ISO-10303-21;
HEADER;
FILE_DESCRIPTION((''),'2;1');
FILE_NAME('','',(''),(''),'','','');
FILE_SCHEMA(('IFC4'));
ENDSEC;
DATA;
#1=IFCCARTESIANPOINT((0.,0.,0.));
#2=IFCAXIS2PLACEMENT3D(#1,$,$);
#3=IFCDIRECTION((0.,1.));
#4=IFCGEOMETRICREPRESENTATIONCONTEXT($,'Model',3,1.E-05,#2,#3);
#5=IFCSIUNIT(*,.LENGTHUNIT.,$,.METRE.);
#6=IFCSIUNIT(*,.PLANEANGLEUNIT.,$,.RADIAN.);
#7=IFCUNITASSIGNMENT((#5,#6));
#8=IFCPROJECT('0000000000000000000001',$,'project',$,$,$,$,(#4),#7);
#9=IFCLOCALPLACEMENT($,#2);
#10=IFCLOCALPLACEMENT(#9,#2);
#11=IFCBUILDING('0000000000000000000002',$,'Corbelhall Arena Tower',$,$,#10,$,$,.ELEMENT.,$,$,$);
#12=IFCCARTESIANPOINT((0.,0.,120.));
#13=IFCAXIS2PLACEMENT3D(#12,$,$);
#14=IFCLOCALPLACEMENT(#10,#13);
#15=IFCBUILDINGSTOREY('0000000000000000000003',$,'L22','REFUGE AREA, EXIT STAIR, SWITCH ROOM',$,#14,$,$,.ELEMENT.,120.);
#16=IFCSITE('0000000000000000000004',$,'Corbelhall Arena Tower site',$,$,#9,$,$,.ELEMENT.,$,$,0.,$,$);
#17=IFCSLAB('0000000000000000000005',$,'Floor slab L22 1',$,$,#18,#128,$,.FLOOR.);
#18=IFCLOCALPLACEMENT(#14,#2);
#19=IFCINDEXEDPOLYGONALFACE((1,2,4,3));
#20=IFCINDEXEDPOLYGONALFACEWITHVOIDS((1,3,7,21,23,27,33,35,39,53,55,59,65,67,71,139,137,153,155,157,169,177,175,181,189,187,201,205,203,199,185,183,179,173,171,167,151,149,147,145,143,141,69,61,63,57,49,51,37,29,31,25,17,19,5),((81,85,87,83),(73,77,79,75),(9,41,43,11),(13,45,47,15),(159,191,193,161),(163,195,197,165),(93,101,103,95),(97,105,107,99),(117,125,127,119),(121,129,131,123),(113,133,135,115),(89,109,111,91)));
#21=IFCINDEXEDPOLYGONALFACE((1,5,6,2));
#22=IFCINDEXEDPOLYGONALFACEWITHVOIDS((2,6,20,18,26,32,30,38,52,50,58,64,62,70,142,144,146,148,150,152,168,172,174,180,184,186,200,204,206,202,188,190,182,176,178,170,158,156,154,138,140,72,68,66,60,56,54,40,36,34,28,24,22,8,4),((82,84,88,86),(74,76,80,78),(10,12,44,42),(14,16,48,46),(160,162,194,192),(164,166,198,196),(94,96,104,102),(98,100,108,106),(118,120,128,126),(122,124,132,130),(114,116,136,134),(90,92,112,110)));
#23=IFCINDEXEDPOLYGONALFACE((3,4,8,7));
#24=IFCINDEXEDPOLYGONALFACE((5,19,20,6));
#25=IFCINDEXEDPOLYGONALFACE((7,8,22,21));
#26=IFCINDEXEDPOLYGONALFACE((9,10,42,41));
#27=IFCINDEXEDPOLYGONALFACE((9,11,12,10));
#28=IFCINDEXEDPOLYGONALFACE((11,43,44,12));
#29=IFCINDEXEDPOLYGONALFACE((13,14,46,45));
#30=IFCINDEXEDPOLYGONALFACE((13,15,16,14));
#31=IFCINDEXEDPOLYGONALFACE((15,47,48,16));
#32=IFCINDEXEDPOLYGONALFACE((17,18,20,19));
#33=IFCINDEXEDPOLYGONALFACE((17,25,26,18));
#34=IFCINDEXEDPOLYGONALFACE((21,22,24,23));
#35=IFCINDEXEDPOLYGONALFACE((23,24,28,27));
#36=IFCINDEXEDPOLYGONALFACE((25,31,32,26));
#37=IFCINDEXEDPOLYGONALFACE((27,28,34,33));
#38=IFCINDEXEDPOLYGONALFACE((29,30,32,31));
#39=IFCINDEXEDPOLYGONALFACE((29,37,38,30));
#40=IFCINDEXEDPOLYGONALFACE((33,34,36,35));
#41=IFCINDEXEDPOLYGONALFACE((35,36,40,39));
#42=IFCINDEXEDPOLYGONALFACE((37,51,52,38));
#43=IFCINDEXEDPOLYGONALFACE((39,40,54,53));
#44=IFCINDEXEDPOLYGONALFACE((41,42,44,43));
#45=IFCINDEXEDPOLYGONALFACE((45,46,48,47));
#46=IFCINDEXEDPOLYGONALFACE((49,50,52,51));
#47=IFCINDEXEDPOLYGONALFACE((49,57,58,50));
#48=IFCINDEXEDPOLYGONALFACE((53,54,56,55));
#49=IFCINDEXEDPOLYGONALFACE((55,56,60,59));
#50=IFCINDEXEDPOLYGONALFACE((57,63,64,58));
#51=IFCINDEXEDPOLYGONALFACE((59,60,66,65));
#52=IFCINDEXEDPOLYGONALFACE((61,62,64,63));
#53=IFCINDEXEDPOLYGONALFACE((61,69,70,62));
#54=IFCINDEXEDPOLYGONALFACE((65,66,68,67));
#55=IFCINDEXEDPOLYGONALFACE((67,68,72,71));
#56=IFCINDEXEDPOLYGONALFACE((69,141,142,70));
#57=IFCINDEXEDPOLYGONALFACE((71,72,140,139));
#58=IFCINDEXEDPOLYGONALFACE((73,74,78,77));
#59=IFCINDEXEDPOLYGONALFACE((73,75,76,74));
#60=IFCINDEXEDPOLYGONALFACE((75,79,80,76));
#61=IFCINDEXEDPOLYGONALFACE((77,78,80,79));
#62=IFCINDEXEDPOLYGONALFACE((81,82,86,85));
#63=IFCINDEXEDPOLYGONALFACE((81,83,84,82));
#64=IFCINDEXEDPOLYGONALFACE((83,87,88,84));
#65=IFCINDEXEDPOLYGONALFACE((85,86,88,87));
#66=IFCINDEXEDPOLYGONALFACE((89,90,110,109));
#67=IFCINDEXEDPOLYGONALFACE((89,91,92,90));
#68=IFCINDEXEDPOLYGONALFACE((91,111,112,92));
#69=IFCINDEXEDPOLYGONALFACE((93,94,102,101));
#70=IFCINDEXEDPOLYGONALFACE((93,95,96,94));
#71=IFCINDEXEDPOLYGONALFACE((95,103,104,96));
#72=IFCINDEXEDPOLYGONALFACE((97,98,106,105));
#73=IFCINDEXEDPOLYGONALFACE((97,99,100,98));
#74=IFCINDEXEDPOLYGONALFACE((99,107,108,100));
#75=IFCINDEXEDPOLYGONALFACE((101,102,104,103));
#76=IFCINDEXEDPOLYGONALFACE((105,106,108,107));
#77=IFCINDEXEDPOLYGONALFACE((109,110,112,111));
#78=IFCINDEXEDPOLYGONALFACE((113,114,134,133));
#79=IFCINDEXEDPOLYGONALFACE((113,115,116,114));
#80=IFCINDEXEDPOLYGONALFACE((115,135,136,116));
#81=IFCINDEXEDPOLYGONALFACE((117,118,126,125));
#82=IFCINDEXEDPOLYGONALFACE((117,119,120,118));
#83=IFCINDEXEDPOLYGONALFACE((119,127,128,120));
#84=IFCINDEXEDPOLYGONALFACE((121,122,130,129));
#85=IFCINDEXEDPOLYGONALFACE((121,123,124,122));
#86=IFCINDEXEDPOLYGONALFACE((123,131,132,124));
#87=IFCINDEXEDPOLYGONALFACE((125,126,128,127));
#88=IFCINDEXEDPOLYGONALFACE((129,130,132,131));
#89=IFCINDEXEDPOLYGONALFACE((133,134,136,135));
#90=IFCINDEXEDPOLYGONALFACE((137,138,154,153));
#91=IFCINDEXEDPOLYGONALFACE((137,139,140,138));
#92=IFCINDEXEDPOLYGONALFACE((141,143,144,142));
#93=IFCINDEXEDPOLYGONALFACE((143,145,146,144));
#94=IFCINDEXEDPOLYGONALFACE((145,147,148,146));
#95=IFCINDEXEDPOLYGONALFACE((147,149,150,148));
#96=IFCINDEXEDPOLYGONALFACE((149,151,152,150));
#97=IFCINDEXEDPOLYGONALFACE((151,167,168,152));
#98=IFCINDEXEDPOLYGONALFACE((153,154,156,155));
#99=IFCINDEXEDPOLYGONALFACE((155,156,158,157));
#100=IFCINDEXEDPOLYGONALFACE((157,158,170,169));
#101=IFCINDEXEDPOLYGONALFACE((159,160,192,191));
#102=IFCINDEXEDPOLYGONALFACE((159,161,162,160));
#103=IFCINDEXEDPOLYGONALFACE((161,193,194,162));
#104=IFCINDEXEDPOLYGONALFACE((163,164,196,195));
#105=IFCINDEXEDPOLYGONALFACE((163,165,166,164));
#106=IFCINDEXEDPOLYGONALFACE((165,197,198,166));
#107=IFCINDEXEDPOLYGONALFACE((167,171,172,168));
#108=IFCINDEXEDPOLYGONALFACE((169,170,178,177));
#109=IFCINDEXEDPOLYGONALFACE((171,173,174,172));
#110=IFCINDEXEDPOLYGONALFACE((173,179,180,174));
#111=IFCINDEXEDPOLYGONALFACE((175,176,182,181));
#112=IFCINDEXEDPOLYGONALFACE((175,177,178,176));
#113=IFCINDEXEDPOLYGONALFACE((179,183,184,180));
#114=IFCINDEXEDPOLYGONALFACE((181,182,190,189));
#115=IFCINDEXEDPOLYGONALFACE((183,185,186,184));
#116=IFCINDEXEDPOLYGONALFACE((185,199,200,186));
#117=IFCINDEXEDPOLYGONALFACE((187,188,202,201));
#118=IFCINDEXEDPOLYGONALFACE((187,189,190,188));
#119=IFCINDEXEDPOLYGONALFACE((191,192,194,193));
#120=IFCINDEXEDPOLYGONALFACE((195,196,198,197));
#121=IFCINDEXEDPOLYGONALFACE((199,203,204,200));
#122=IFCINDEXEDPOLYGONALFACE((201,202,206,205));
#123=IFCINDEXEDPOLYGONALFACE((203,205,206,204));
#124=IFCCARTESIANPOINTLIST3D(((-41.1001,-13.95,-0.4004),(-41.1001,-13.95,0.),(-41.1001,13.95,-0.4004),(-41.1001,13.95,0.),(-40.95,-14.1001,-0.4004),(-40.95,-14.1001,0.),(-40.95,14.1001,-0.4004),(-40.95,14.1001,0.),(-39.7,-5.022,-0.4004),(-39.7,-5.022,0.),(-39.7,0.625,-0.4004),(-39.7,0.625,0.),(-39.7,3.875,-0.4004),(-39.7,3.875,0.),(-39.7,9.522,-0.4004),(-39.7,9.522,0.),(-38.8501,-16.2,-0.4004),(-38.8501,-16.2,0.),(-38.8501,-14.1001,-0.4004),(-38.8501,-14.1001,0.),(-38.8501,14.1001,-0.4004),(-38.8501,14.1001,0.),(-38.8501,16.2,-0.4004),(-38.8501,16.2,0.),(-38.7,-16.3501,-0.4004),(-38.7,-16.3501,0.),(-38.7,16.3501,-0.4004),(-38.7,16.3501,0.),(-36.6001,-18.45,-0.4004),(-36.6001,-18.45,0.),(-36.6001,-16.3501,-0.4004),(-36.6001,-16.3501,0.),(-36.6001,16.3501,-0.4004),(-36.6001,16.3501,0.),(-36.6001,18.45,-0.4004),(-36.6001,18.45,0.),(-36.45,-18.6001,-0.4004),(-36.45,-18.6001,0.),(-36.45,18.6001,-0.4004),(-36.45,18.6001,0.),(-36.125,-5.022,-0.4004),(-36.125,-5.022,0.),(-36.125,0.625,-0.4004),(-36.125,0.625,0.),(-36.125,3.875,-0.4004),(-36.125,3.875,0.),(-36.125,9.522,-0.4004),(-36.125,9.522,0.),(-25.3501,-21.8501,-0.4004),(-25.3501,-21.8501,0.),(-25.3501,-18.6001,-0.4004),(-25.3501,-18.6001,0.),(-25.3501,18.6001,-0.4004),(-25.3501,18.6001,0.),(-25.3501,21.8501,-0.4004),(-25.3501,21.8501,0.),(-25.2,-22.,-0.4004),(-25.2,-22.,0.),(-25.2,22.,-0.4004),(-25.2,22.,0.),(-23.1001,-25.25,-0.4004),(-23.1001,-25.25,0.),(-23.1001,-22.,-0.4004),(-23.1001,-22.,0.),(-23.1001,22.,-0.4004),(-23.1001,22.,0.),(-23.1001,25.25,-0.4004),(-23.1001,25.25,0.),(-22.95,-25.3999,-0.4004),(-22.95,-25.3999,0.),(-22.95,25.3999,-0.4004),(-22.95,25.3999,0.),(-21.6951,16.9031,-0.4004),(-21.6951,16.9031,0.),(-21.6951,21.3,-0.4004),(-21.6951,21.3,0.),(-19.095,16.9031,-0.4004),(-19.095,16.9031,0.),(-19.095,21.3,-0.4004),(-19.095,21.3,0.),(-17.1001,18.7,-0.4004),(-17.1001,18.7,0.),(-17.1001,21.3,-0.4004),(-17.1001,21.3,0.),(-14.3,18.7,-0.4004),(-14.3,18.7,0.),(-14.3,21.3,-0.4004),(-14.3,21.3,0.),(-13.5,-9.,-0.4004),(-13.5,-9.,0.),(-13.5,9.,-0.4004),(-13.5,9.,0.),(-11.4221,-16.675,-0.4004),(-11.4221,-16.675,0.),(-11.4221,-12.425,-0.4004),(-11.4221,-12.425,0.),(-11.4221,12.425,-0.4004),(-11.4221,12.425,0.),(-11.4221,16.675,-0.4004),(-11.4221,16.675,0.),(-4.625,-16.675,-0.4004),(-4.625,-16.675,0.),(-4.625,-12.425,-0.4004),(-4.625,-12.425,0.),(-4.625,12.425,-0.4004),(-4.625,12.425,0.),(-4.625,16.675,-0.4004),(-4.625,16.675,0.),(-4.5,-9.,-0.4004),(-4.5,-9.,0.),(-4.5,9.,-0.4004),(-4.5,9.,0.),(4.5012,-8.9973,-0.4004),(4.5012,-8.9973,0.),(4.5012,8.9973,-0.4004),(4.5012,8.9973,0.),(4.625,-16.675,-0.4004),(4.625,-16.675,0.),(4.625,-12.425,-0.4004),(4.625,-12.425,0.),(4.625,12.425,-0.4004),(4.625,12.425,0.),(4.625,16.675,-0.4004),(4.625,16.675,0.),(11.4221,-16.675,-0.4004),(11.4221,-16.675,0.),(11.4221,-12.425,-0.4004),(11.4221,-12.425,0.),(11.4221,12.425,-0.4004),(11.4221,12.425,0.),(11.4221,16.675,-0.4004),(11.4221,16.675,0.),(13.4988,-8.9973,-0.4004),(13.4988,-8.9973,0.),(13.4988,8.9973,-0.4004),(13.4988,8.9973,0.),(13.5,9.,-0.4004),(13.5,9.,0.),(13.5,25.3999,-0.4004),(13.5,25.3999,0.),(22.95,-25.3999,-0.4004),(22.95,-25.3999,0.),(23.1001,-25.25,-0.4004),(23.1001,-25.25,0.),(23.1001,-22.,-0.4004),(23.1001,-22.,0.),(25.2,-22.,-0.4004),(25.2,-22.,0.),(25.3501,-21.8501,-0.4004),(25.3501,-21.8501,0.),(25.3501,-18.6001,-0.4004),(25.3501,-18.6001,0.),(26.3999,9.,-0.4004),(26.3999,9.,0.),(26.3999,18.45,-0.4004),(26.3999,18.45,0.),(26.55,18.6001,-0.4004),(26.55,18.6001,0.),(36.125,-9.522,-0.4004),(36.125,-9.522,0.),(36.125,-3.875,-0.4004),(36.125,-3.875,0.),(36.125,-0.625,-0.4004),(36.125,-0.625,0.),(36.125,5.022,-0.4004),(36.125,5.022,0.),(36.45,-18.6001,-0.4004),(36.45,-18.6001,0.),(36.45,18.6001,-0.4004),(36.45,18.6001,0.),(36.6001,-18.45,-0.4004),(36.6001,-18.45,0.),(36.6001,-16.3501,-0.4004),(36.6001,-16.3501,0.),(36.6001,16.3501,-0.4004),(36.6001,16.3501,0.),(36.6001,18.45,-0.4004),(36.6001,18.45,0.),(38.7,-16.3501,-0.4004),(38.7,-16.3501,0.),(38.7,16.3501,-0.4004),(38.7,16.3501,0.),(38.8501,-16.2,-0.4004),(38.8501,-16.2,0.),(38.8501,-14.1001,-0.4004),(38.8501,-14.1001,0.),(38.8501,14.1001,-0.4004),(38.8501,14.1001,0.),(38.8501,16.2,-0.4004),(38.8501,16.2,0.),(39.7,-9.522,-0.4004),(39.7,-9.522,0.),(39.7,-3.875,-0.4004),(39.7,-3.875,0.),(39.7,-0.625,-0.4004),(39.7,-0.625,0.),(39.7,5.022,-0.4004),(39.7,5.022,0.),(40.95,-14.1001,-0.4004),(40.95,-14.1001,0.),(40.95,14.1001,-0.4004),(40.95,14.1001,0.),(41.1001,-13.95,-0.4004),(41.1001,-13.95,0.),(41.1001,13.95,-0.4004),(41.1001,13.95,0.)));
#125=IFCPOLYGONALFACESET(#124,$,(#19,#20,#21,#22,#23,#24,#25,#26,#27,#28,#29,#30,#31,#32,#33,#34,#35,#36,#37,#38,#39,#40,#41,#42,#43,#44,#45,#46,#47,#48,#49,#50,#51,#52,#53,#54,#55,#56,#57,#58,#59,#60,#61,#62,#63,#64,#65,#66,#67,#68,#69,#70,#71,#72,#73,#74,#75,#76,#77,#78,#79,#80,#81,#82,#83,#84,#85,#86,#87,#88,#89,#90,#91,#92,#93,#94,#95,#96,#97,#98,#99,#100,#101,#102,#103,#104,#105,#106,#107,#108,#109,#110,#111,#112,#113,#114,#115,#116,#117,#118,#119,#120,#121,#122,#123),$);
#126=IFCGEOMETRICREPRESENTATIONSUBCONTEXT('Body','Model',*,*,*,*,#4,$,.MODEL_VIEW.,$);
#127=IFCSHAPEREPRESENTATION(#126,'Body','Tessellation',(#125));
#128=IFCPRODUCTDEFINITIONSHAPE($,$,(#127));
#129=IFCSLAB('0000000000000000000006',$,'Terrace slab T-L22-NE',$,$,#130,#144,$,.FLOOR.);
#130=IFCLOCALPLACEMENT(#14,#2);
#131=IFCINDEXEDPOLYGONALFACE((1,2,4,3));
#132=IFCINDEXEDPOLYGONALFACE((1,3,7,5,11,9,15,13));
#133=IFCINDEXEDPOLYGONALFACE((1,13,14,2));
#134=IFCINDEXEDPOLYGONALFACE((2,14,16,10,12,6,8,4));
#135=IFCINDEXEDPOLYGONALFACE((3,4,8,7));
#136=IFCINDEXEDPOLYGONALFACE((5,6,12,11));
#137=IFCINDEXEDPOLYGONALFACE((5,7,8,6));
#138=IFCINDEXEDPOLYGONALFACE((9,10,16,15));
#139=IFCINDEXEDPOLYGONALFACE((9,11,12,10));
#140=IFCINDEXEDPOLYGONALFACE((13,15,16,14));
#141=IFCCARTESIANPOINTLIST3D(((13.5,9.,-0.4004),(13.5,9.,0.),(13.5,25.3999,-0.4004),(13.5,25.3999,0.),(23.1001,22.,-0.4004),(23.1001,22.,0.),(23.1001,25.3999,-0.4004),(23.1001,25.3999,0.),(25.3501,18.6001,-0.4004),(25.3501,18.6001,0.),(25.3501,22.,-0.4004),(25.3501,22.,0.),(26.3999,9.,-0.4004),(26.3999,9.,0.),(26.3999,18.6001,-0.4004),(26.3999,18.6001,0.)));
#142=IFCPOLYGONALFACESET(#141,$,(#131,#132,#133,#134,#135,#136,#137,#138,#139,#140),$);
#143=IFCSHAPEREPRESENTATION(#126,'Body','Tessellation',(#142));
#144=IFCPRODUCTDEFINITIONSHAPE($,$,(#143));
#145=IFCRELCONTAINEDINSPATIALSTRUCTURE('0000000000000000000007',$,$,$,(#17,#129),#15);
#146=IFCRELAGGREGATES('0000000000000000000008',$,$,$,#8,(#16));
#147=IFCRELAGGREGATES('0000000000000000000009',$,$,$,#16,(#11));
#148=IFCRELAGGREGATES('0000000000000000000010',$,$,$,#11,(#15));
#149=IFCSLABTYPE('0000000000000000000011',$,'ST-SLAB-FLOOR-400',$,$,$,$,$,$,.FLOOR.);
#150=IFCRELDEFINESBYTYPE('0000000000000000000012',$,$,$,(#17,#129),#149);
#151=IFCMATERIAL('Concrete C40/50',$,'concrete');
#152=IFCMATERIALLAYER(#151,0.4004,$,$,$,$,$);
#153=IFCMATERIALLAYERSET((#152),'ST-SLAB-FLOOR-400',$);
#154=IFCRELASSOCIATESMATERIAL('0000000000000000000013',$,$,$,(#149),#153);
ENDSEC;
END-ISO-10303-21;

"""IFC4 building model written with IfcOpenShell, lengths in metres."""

from ifc_helpers import new_model, si_unit, direction, frame, origin, place, context, subcontext, project, spatial, polyline, outline, extrude, material, layer, layer_set, type_object, element, save


model = new_model("IFC4")

# Units and contexts
model_context = context("Model", 3, precision=1e-05, world=origin(), true_north=direction((0.0, 1.0)))
body_context = subcontext(model_context, "Body", "Model", "MODEL_VIEW")
ifc_project = project(units=[si_unit("LENGTHUNIT", "METRE"), si_unit("PLANEANGLEUNIT", "RADIAN")], contexts=[model_context])

# Site, building, storey
site_placement = place(None, origin())
site = spatial("IfcSite", under=ifc_project, at=site_placement, Name="Corbelhall Arena Tower site", CompositionType="ELEMENT", RefElevation=0.0)
building_placement = place(site_placement, origin())
building = spatial("IfcBuilding", under=site, at=building_placement, Name="Corbelhall Arena Tower", CompositionType="ELEMENT")
storey_placement = place(building_placement, frame((0.0, 0.0, 120.0)))
storey = spatial("IfcBuildingStorey", under=building, at=storey_placement, Name="L22", Description="REFUGE AREA, EXIT STAIR, SWITCH ROOM", CompositionType="ELEMENT", Elevation=120.0)

# Slabs
ifc_material_1 = material(Name="Concrete C40/50", Category="concrete")
ifc_layer_1 = layer(ifc_material_1, 0.4004)
ifc_layer_set_1 = layer_set([ifc_layer_1], Name="ST-SLAB-FLOOR-400")
slab_type = type_object("IfcSlabType", Name="ST-SLAB-FLOOR-400", PredefinedType="FLOOR", material=ifc_layer_set_1)
slab_1_placement = place(storey_placement, frame((0.0, 0.0, -0.4004)))
element("IfcSlab", 1, at=slab_1_placement, inside=storey, type_object=slab_type, Name="Floor slab L22 1", PredefinedType="FLOOR", context=body_context, shape_type="SweptSolid", body=[
    extrude(outline(polyline([(40.95, 14.1001), (38.8501, 14.1001), (38.8501, 16.2), (38.7, 16.3501), (36.6001, 16.3501), (36.6001, 18.45), (36.45, 18.6001), (26.55, 18.6001), (26.3999, 18.45), (26.3999, 9.0), (13.5, 9.0), (13.5, 25.3999), (-22.95, 25.3999), (-23.1001, 25.25), (-23.1001, 22.0), (-25.2, 22.0), (-25.3501, 21.8501), (-25.3501, 18.6001), (-36.45, 18.6001), (-36.6001, 18.45), (-36.6001, 16.3501), (-38.7, 16.3501), (-38.8501, 16.2), (-38.8501, 14.1001), (-40.95, 14.1001), (-41.1001, 13.95), (-41.1001, -13.95), (-40.95, -14.1001), (-38.8501, -14.1001), (-38.8501, -16.2), (-38.7, -16.3501), (-36.6001, -16.3501), (-36.6001, -18.45), (-36.45, -18.6001), (-25.3501, -18.6001), (-25.3501, -21.8501), (-25.2, -22.0), (-23.1001, -22.0), (-23.1001, -25.25), (-22.95, -25.3999), (22.95, -25.3999), (23.1001, -25.25), (23.1001, -22.0), (25.2, -22.0), (25.3501, -21.8501), (25.3501, -18.6001), (36.45, -18.6001), (36.6001, -18.45), (36.6001, -16.3501), (38.7, -16.3501), (38.8501, -16.2), (38.8501, -14.1001), (40.95, -14.1001), (41.1001, -13.95), (41.1001, 13.95), (40.95, 14.1001)]), holes=[polyline([(4.5012, 8.9973), (4.5012, -8.9973), (13.4988, -8.9973), (13.4988, 8.9973), (4.5012, 8.9973)]), polyline([(-13.5, 9.0), (-13.5, -9.0), (-4.5, -9.0), (-4.5, 9.0), (-13.5, 9.0)]), polyline([(-4.625, 16.675), (-11.4221, 16.675), (-11.4221, 12.425), (-4.625, 12.425), (-4.625, 16.675)]), polyline([(-4.625, -16.675), (-4.625, -12.425), (-11.4221, -12.425), (-11.4221, -16.675), (-4.625, -16.675)]), polyline([(11.4221, 16.675), (4.625, 16.675), (4.625, 12.425), (11.4221, 12.425), (11.4221, 16.675)]), polyline([(11.4221, -16.675), (11.4221, -12.425), (4.625, -12.425), (4.625, -16.675), (11.4221, -16.675)]), polyline([(-36.125, 3.875), (-36.125, 9.522), (-39.7, 9.522), (-39.7, 3.875), (-36.125, 3.875)]), polyline([(-36.125, 0.625), (-39.7, 0.625), (-39.7, -5.022), (-36.125, -5.022), (-36.125, 0.625)]), polyline([(39.7, -9.522), (39.7, -3.875), (36.125, -3.875), (36.125, -9.522), (39.7, -9.522)]), polyline([(39.7, 5.022), (36.125, 5.022), (36.125, -0.625), (39.7, -0.625), (39.7, 5.022)]), polyline([(-21.6951, 21.3), (-21.6951, 16.9031), (-19.095, 16.9031), (-19.095, 21.3), (-21.6951, 21.3)]), polyline([(-14.3, 21.3), (-17.1001, 21.3), (-17.1001, 18.7), (-14.3, 18.7), (-14.3, 21.3)])]), origin(), (0.0, 0.0, 1.0), 0.4004),
])
slab_2_placement = place(storey_placement, frame((0.0, 0.0, -0.4004)))
element("IfcSlab", 2, at=slab_2_placement, inside=storey, type_object=slab_type, Name="Terrace slab T-L22-NE", PredefinedType="FLOOR", context=body_context, shape_type="SweptSolid", body=[
    extrude(outline(polyline([(23.1001, 25.3999), (13.5, 25.3999), (13.5, 9.0), (26.3999, 9.0), (26.3999, 18.6001), (25.3501, 18.6001), (25.3501, 22.0), (23.1001, 22.0), (23.1001, 25.3999)])), origin(), (0.0, 0.0, 1.0), 0.4004),
])

save(model, "model.ifc")
